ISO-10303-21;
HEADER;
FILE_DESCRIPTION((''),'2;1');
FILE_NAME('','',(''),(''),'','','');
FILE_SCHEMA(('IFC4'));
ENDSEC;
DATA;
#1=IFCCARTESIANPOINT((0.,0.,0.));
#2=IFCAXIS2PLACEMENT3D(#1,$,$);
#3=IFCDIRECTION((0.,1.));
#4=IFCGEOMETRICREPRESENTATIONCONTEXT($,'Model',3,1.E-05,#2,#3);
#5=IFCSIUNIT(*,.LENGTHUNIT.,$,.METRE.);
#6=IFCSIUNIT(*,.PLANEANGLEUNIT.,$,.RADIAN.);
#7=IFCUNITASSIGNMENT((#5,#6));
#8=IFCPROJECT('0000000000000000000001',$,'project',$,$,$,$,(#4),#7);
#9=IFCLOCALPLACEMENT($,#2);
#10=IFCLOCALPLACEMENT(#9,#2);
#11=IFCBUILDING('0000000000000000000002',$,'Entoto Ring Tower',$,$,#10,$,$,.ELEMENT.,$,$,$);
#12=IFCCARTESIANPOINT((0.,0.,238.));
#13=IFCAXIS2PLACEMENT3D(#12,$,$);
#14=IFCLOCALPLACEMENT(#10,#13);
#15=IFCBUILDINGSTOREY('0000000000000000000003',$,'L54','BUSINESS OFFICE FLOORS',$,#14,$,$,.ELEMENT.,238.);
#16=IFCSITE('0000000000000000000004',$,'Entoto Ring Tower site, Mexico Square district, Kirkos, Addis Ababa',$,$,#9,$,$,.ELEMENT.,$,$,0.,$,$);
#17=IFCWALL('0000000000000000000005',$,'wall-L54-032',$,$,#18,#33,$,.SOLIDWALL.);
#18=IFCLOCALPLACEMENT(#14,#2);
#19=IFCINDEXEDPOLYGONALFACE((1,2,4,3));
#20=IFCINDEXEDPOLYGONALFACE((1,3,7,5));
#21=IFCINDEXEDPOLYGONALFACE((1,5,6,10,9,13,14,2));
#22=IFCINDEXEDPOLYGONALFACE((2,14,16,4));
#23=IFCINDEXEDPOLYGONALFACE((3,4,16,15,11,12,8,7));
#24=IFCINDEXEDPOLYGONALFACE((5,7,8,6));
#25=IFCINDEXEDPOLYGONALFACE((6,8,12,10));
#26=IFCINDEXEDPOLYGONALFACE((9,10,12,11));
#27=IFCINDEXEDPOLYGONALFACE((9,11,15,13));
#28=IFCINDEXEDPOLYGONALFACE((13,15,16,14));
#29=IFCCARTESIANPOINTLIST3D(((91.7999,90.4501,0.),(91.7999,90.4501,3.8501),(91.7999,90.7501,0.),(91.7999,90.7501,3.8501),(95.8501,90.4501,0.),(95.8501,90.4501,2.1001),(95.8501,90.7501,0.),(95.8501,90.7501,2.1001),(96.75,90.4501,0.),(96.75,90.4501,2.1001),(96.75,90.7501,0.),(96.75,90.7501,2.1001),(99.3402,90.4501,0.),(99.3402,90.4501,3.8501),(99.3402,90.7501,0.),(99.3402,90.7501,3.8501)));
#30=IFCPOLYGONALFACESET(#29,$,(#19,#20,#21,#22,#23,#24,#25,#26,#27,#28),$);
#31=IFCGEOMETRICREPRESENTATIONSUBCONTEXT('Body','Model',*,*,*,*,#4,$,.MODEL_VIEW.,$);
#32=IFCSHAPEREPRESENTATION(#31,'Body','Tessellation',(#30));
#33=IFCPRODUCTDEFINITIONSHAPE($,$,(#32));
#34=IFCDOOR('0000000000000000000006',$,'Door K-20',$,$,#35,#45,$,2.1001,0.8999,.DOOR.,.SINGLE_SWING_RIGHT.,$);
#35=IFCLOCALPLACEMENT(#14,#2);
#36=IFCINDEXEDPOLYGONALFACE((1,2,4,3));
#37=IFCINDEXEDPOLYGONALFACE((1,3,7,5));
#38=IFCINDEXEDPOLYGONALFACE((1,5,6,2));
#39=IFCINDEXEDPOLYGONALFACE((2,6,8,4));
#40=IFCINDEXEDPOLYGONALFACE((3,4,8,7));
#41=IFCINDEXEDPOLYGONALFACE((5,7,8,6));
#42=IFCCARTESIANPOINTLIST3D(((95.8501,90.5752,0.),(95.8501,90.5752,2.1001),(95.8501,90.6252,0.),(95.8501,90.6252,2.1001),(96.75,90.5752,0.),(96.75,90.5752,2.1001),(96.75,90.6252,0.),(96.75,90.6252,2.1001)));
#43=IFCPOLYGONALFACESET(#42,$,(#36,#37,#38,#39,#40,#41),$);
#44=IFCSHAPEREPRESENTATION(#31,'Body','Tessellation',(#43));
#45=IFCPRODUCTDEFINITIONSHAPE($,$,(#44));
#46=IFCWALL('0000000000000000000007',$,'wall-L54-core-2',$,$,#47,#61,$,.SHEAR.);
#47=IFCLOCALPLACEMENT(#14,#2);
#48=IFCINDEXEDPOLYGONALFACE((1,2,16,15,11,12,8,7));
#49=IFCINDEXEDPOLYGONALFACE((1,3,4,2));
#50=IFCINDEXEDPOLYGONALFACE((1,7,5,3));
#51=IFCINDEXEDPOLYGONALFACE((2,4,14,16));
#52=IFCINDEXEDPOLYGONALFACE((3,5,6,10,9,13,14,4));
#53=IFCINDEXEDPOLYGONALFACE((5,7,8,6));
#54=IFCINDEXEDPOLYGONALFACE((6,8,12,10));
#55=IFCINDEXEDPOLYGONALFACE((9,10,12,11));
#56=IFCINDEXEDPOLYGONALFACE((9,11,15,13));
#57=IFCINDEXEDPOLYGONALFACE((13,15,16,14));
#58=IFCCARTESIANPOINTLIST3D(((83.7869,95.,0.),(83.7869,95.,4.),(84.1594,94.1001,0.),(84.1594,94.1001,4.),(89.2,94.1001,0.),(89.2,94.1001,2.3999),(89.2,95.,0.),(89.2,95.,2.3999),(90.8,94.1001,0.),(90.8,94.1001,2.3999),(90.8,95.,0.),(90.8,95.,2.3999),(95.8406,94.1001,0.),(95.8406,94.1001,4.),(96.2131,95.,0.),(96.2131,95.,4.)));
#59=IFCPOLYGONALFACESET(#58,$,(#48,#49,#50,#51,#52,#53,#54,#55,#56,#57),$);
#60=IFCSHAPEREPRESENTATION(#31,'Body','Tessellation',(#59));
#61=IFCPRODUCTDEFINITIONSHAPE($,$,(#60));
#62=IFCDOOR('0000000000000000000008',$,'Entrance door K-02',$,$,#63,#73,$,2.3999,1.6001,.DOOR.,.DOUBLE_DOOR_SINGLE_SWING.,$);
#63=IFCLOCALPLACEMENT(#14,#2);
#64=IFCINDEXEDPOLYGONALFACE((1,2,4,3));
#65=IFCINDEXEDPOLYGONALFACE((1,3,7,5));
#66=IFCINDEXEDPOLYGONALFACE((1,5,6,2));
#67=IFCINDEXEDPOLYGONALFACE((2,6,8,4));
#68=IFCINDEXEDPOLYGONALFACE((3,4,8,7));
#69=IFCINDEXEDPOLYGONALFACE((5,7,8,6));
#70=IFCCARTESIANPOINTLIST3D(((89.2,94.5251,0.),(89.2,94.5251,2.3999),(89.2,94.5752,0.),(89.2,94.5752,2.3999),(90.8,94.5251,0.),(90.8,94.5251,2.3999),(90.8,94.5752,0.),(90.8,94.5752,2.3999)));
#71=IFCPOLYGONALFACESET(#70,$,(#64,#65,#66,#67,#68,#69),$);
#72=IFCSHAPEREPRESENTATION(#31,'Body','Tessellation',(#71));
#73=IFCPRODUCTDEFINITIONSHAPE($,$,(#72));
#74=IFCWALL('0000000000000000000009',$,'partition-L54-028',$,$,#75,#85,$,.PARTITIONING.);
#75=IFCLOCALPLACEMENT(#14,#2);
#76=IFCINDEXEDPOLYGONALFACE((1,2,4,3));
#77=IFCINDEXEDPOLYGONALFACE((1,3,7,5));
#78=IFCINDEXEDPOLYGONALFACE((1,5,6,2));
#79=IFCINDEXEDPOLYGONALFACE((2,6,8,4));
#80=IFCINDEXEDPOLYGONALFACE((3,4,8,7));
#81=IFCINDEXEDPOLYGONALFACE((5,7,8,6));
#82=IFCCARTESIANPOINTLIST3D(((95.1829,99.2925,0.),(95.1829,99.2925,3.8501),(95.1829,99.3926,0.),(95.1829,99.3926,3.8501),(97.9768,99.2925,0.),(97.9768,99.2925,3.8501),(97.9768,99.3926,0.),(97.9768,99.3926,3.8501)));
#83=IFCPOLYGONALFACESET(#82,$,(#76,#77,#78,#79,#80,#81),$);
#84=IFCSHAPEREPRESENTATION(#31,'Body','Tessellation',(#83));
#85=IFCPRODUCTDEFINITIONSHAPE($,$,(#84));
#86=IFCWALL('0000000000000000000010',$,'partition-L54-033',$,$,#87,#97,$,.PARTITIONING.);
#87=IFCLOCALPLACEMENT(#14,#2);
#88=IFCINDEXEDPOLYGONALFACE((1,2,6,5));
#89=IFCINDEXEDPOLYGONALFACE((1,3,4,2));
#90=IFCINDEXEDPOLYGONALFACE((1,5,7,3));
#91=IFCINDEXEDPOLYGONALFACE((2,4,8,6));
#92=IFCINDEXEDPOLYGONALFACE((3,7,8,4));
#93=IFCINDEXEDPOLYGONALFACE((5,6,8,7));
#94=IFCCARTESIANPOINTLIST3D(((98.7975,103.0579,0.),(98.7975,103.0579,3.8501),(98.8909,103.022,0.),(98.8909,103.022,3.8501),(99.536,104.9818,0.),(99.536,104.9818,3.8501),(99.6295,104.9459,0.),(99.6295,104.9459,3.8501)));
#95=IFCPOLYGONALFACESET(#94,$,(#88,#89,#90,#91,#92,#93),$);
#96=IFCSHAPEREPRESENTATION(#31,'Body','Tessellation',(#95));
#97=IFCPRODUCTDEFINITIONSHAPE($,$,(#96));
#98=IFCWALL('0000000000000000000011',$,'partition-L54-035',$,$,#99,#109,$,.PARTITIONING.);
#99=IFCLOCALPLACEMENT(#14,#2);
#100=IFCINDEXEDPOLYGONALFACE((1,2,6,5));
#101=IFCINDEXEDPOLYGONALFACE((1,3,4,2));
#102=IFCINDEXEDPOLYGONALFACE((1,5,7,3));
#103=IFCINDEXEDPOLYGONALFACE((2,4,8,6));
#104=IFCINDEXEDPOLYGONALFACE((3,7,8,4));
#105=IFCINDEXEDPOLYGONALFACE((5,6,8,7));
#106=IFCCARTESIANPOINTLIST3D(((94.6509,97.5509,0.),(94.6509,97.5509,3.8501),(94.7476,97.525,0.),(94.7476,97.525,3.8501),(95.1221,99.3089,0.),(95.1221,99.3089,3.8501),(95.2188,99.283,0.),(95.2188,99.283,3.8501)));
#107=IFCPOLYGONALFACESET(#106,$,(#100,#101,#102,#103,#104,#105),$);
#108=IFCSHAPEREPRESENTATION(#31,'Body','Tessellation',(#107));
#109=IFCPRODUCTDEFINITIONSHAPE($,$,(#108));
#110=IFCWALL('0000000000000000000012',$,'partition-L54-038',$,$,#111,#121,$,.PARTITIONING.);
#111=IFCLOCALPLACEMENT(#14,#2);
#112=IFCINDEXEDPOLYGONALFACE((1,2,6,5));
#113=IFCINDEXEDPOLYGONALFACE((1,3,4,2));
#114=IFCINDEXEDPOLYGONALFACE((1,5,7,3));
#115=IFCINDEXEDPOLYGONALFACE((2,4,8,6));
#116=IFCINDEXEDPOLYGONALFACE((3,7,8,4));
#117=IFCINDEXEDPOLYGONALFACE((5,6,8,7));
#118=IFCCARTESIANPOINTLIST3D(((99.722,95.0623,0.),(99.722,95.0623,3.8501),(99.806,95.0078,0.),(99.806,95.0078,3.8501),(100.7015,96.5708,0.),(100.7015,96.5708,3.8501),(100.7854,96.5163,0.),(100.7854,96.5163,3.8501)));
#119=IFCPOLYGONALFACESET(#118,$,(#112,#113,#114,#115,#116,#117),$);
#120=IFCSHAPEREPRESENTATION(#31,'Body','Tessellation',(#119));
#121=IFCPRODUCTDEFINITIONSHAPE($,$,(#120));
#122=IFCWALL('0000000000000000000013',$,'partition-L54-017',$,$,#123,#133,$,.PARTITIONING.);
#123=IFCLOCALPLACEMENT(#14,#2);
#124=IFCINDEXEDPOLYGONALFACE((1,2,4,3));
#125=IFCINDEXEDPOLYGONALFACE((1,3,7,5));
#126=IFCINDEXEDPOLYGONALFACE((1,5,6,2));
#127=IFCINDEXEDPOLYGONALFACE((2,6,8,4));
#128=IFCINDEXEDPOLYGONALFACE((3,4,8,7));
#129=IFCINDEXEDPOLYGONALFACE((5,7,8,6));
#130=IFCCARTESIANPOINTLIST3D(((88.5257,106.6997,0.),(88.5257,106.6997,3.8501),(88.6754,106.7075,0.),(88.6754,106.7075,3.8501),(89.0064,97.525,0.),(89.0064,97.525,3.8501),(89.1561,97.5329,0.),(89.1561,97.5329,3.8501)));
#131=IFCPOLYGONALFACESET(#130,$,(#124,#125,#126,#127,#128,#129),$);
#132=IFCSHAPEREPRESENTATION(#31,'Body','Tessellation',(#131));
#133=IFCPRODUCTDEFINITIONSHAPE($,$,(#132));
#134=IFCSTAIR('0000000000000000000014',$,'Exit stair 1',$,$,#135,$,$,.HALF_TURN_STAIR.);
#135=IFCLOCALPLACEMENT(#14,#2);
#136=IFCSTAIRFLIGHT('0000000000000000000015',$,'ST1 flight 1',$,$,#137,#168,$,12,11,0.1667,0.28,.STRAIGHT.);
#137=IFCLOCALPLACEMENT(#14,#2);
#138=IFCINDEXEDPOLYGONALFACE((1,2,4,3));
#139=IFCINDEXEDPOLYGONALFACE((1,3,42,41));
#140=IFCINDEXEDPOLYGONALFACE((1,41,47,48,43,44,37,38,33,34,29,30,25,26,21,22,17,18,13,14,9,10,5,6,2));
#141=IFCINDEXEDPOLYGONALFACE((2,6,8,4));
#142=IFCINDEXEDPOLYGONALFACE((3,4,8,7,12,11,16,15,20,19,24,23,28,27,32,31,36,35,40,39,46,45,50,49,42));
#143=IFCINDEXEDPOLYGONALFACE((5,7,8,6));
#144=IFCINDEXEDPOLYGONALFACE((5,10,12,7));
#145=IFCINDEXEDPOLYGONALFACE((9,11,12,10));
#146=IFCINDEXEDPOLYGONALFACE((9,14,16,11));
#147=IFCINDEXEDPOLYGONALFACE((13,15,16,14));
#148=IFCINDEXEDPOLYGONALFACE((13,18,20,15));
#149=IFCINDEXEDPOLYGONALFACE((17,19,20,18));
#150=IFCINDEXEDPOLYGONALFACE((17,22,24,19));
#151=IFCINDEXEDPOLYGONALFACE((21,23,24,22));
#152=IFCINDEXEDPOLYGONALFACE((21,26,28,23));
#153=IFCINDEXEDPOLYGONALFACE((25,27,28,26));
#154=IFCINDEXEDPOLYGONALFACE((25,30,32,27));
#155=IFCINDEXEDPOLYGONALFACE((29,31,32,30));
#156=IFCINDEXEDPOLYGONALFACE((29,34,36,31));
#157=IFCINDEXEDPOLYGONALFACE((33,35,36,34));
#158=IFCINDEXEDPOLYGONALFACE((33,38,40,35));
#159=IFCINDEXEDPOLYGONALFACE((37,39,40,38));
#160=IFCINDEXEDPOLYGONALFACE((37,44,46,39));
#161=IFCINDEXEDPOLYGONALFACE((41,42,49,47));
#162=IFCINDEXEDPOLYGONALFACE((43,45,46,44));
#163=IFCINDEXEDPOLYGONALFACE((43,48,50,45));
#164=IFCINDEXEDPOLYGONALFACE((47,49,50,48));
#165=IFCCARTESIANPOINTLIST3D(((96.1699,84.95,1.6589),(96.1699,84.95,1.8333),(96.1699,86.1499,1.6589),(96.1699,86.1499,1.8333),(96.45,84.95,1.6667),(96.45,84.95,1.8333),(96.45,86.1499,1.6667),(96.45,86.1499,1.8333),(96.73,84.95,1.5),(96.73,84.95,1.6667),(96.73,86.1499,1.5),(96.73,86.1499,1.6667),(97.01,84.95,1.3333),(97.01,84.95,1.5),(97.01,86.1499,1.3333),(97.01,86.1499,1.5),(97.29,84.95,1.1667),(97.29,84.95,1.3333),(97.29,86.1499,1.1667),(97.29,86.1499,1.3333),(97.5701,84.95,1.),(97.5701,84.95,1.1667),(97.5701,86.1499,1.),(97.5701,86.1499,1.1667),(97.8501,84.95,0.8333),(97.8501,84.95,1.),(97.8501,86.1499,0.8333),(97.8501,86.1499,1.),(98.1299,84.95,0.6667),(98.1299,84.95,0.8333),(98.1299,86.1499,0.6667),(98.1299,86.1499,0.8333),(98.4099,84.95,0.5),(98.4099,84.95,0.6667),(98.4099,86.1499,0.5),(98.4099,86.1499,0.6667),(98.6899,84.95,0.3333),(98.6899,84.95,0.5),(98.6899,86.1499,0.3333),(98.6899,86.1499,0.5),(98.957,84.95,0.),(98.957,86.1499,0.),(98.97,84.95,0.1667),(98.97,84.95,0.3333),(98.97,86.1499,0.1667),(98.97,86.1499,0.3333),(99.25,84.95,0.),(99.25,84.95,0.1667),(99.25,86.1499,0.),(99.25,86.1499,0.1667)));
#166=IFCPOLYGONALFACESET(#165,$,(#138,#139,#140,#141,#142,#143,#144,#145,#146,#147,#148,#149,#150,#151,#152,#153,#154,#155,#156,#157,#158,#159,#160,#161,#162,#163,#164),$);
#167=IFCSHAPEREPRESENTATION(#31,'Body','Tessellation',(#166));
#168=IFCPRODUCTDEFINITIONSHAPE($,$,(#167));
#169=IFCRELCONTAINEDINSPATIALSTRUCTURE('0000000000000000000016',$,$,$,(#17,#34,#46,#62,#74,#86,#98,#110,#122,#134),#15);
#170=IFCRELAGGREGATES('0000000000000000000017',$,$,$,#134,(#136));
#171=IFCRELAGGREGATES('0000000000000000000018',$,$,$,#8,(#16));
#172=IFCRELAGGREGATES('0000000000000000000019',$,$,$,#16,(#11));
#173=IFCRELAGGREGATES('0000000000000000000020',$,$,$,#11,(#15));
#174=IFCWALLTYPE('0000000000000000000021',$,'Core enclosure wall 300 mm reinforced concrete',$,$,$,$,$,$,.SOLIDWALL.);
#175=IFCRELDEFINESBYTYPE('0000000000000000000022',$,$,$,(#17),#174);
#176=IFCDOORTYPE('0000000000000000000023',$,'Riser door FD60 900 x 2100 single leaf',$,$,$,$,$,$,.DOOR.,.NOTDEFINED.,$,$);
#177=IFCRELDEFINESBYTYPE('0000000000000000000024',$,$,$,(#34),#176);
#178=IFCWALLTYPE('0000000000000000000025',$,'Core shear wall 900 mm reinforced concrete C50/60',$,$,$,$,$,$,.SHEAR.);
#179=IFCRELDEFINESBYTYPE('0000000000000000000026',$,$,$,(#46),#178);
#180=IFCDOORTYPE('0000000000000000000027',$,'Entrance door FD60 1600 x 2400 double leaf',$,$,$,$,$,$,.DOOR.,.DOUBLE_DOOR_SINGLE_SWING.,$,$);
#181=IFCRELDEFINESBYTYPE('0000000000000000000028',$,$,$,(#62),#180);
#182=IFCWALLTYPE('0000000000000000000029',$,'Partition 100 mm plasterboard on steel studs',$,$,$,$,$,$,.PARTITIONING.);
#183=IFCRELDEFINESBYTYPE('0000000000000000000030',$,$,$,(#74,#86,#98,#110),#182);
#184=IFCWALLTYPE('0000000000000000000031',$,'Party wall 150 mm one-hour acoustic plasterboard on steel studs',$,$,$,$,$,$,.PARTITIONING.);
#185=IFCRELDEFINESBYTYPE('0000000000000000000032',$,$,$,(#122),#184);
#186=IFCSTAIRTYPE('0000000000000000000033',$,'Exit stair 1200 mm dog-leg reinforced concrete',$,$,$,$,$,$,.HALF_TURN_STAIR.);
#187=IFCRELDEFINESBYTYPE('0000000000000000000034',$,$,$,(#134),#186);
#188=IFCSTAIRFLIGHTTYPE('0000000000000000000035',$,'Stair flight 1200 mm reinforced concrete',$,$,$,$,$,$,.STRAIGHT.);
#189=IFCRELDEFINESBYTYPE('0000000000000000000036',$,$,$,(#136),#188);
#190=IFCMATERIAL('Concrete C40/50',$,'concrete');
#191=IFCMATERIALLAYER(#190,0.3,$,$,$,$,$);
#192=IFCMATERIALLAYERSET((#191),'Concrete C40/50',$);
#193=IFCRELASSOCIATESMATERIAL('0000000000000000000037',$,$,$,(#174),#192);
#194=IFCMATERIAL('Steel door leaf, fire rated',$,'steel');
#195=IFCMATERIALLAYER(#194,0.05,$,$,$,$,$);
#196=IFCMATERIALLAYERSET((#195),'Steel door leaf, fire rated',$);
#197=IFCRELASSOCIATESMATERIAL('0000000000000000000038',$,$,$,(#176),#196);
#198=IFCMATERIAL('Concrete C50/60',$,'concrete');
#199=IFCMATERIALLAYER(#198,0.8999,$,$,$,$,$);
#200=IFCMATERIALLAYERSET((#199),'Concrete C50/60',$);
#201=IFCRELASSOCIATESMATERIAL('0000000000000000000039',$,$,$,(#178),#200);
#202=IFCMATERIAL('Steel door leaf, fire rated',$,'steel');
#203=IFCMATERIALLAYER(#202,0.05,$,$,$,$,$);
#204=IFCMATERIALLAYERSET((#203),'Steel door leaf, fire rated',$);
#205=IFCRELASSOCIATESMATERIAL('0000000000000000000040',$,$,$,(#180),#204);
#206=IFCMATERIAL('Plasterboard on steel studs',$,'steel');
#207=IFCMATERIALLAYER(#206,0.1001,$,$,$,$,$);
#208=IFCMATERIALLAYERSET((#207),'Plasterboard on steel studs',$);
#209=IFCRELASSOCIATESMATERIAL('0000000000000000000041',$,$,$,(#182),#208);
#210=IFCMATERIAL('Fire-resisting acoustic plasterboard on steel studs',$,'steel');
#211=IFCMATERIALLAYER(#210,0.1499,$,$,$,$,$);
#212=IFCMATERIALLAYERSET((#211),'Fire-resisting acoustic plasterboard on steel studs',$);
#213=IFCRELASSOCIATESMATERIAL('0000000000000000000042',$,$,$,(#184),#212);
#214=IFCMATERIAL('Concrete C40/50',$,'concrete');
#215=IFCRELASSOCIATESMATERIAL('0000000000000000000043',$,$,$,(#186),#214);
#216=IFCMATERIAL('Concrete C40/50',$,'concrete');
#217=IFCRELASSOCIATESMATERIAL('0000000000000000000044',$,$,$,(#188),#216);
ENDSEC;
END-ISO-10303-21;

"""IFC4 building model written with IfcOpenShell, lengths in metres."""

from ifc_helpers import new_model, si_unit, direction, frame, frame_2d, origin, place, context, subcontext, project, spatial, polyline, rectangle, outline, extrude, material, layer, layer_set, type_object, element, fill, aggregate, save


model = new_model("IFC4")

# Units and contexts
model_context = context("Model", 3, precision=1e-05, world=origin(), true_north=direction((0.0, 1.0)))
body_context = subcontext(model_context, "Body", "Model", "MODEL_VIEW")
ifc_project = project(units=[si_unit("LENGTHUNIT", "METRE"), si_unit("PLANEANGLEUNIT", "RADIAN")], contexts=[model_context])

# Site, building, storey
site_placement = place(None, origin())
site = spatial("IfcSite", under=ifc_project, at=site_placement, Name="Entoto Ring Tower site, Mexico Square district, Kirkos, Addis Ababa", CompositionType="ELEMENT", RefElevation=0.0)
building_placement = place(site_placement, origin())
building = spatial("IfcBuilding", under=site, at=building_placement, Name="Entoto Ring Tower", CompositionType="ELEMENT")
storey_placement = place(building_placement, frame((0.0, 0.0, 238.0)))
storey = spatial("IfcBuildingStorey", under=building, at=storey_placement, Name="L54", Description="BUSINESS OFFICE FLOORS", CompositionType="ELEMENT", Elevation=238.0)

# Shared definitions
ifc_material_1 = material(Name="Concrete C40/50", Category="concrete")
ifc_layer_1 = layer(ifc_material_1, 0.3)
ifc_layer_set_1 = layer_set([ifc_layer_1], Name="Concrete C40/50")
wall_type_1 = type_object("IfcWallType", Name="Core enclosure wall 300 mm reinforced concrete", PredefinedType="SOLIDWALL", material=ifc_layer_set_1)

# Walls, openings, doors
wall_1_placement = place(storey_placement, frame((91.8, 90.6001, 0.0), z_axis=(0.0, 0.0, 1.0), x_axis=(1.0, 0.0, 0.0)))
wall_1 = element("IfcWall", 1, at=wall_1_placement, inside=storey, type_object=wall_type_1, Name="wall-L54-032", PredefinedType="SOLIDWALL", context=body_context, shape_type="SweptSolid", body=[
    extrude(rectangle(XDim=7.5403, YDim=0.3, at=frame_2d((3.77, 0.0))), origin(), (0.0, 0.0, 1.0), 3.8501),
])
opening_1_placement = place(wall_1_placement, frame((4.05, 0.0, 0.0)))
opening_1 = element("IfcOpeningElement", 2, at=opening_1_placement, cuts=wall_1, PredefinedType="OPENING", context=body_context, shape_type="SweptSolid", body=[
    extrude(rectangle(XDim=0.8999, YDim=2.1001, at=frame_2d((0.45, 1.05))), frame((0.0, 0.1602, 0.0), z_axis=(0.0, -1.0, 0.0), x_axis=(1.0, 0.0, 0.0)), (0.0, 0.0, 1.0), 0.3201),
])
ifc_material_2 = material(Name="Steel door leaf, fire rated", Category="steel")
ifc_layer_2 = layer(ifc_material_2, 0.05)
ifc_layer_set_2 = layer_set([ifc_layer_2], Name="Steel door leaf, fire rated")
door_type_1 = type_object("IfcDoorType", Name="Riser door FD60 900 x 2100 single leaf", OperationType="NOTDEFINED", PredefinedType="DOOR", material=ifc_layer_set_2)
door_1_placement = place(opening_1_placement, frame((0.8999, 0.0, 0.0), z_axis=(0.0, 0.0, 1.0), x_axis=(-1.0, 0.0, 0.0)))
door_1 = element("IfcDoor", 3, at=door_1_placement, inside=storey, type_object=door_type_1, Name="Door K-20", OperationType="SINGLE_SWING_RIGHT", OverallHeight=2.1001, OverallWidth=0.8999, PredefinedType="DOOR", context=body_context, shape_type="SweptSolid", body=[
    extrude(rectangle(XDim=0.8999, YDim=2.1001, at=frame_2d((0.45, 1.05))), frame((0.0, 0.0249, 0.0), z_axis=(0.0, -1.0, 0.0), x_axis=(1.0, 0.0, 0.0)), (0.0, 0.0, 1.0), 0.05),
])
fill(opening_1, door_1)
ifc_material_3 = material(Name="Concrete C50/60", Category="concrete")
ifc_layer_3 = layer(ifc_material_3, 0.8999)
ifc_layer_set_3 = layer_set([ifc_layer_3], Name="Concrete C50/60")
wall_type_2 = type_object("IfcWallType", Name="Core shear wall 900 mm reinforced concrete C50/60", PredefinedType="SHEAR", material=ifc_layer_set_3)
wall_2_placement = place(storey_placement, frame((96.0269, 94.55, 0.0), z_axis=(0.0, 0.0, 1.0), x_axis=(-1.0, 0.0, 0.0)))
wall_2 = element("IfcWall", 4, at=wall_2_placement, inside=storey, type_object=wall_type_2, Name="wall-L54-core-2", PredefinedType="SHEAR", context=body_context, shape_type="SweptSolid", body=[
    extrude(outline(polyline([(-0.1863, -0.45), (12.24, -0.45), (11.8674, 0.45), (0.1863, 0.45), (-0.1863, -0.45)])), origin(), (0.0, 0.0, 1.0), 4.0),
])
opening_2_placement = place(wall_2_placement, frame((5.2268, 0.0, 0.0)))
opening_2 = element("IfcOpeningElement", 5, at=opening_2_placement, cuts=wall_2, PredefinedType="OPENING", context=body_context, shape_type="SweptSolid", body=[
    extrude(rectangle(XDim=1.6001, YDim=2.3999, at=frame_2d((0.8, 1.2))), frame((0.0, 0.46, 0.0), z_axis=(0.0, -1.0, 0.0), x_axis=(1.0, 0.0, 0.0)), (0.0, 0.0, 1.0), 0.9199),
])
ifc_material_4 = material(Name="Steel door leaf, fire rated", Category="steel")
ifc_layer_4 = layer(ifc_material_4, 0.05)
ifc_layer_set_4 = layer_set([ifc_layer_4], Name="Steel door leaf, fire rated")
door_type_2 = type_object("IfcDoorType", Name="Entrance door FD60 1600 x 2400 double leaf", OperationType="DOUBLE_DOOR_SINGLE_SWING", PredefinedType="DOOR", material=ifc_layer_set_4)
door_2_placement = place(opening_2_placement, origin())
door_2 = element("IfcDoor", 6, at=door_2_placement, inside=storey, type_object=door_type_2, Name="Entrance door K-02", OperationType="DOUBLE_DOOR_SINGLE_SWING", OverallHeight=2.3999, OverallWidth=1.6001, PredefinedType="DOOR", context=body_context, shape_type="SweptSolid", body=[
    extrude(rectangle(XDim=1.6001, YDim=2.3999, at=frame_2d((0.8, 1.2))), frame((0.0, 0.0249, 0.0), z_axis=(0.0, -1.0, 0.0), x_axis=(1.0, 0.0, 0.0)), (0.0, 0.0, 1.0), 0.05),
])
fill(opening_2, door_2)

# Walls
ifc_material_5 = material(Name="Plasterboard on steel studs", Category="steel")
ifc_layer_5 = layer(ifc_material_5, 0.1001)
ifc_layer_set_5 = layer_set([ifc_layer_5], Name="Plasterboard on steel studs")
wall_type_3 = type_object("IfcWallType", Name="Partition 100 mm plasterboard on steel studs", PredefinedType="PARTITIONING", material=ifc_layer_set_5)
wall_3_placement = place(storey_placement, frame((95.1829, 99.3425, 0.0), z_axis=(0.0, 0.0, 1.0), x_axis=(1.0, 0.0, 0.0)))
element("IfcWall", 7, at=wall_3_placement, inside=storey, type_object=wall_type_3, Name="partition-L54-028", PredefinedType="PARTITIONING", context=body_context, shape_type="SweptSolid", body=[
    extrude(rectangle(XDim=2.7939, YDim=0.1001, at=frame_2d((1.397, 0.0))), origin(), (0.0, 0.0, 1.0), 3.8501),
])
wall_4_placement = place(storey_placement, frame((98.8442, 103.04, 0.0), z_axis=(0.0, 0.0, 1.0), x_axis=(0.358384, 0.933574, 0.0)))
element("IfcWall", 8, at=wall_4_placement, inside=storey, type_object=wall_type_3, Name="partition-L54-033", PredefinedType="PARTITIONING", context=body_context, shape_type="SweptSolid", body=[
    extrude(rectangle(XDim=2.0608, YDim=0.1001, at=frame_2d((1.0303, 0.0))), origin(), (0.0, 0.0, 1.0), 3.8501),
])
wall_5_placement = place(storey_placement, frame((94.6992, 97.5378, 0.0), z_axis=(0.0, 0.0, 1.0), x_axis=(0.258881, 0.965909, 0.0)))
element("IfcWall", 9, at=wall_5_placement, inside=storey, type_object=wall_type_3, Name="partition-L54-035", PredefinedType="PARTITIONING", context=body_context, shape_type="SweptSolid", body=[
    extrude(rectangle(XDim=1.8201, YDim=0.1001, at=frame_2d((0.9102, 0.0))), origin(), (0.0, 0.0, 1.0), 3.8501),
])
wall_6_placement = place(storey_placement, frame((99.7639, 95.0349, 0.0), z_axis=(0.0, 0.0, 1.0), x_axis=(0.544573, 0.838713, 0.0)))
element("IfcWall", 10, at=wall_6_placement, inside=storey, type_object=wall_type_3, Name="partition-L54-038", PredefinedType="PARTITIONING", context=body_context, shape_type="SweptSolid", body=[
    extrude(rectangle(XDim=1.7986, YDim=0.1001, at=frame_2d((0.8994, 0.0))), origin(), (0.0, 0.0, 1.0), 3.8501),
])
ifc_material_6 = material(Name="Fire-resisting acoustic plasterboard on steel studs", Category="steel")
ifc_layer_6 = layer(ifc_material_6, 0.1499)
ifc_layer_set_6 = layer_set([ifc_layer_6], Name="Fire-resisting acoustic plasterboard on steel studs")
wall_type_4 = type_object("IfcWallType", Name="Party wall 150 mm one-hour acoustic plasterboard on steel studs", PredefinedType="PARTITIONING", material=ifc_layer_set_6)
wall_7_placement = place(storey_placement, frame((89.0813, 97.5288, 0.0), z_axis=(0.0, 0.0, 1.0), x_axis=(-0.052325, 0.99863, 0.0)))
element("IfcWall", 11, at=wall_7_placement, inside=storey, type_object=wall_type_4, Name="partition-L54-017", PredefinedType="PARTITIONING", context=body_context, shape_type="SweptSolid", body=[
    extrude(rectangle(XDim=9.1873, YDim=0.1499, at=frame_2d((4.5938, 0.0))), origin(), (0.0, 0.0, 1.0), 3.8501),
])

# Stair, stair flight
ifc_material_7 = material(Name="Concrete C40/50", Category="concrete")
stair_type = type_object("IfcStairType", Name="Exit stair 1200 mm dog-leg reinforced concrete", PredefinedType="HALF_TURN_STAIR", material=ifc_material_7)
stair_placement = place(storey_placement, origin())
stair = element("IfcStair", 12, at=stair_placement, inside=storey, type_object=stair_type, Name="Exit stair 1", PredefinedType="HALF_TURN_STAIR")
ifc_material_8 = material(Name="Concrete C40/50", Category="concrete")
stair_flight_type = type_object("IfcStairFlightType", Name="Stair flight 1200 mm reinforced concrete", PredefinedType="STRAIGHT", material=ifc_material_8)
stair_flight_1_placement = place(storey_placement, frame((99.25, 85.55, 0.0), z_axis=(0.0, 0.0, 1.0), x_axis=(-1.0, 0.0, 0.0)))
stair_flight_1 = element("IfcStairFlight", 13, at=stair_flight_1_placement, type_object=stair_flight_type, Name="ST1 flight 1", NumberOfRisers=12, NumberOfTreads=11, PredefinedType="STRAIGHT", RiserHeight=0.1667, TreadLength=0.28, context=body_context, shape_type="SweptSolid", body=[
    extrude(outline(polyline([(0.0, 0.0), (0.0, 0.1667), (0.28, 0.1667), (0.28, 0.3333), (0.5601, 0.3333), (0.5601, 0.5), (0.8401, 0.5), (0.8401, 0.6667), (1.1201, 0.6667), (1.1201, 0.8333), (1.3999, 0.8333), (1.3999, 1.0), (1.6799, 1.0), (1.6799, 1.1667), (1.96, 1.1667), (1.96, 1.3333), (2.24, 1.3333), (2.24, 1.5), (2.52, 1.5), (2.52, 1.6667), (2.8, 1.6667), (2.8, 1.8333), (3.0801, 1.8333), (3.0801, 2.0), (3.0801, 1.6589), (0.293, 0.0), (0.0, 0.0)])), frame((0.0, 0.6001, 0.0), z_axis=(0.0, -1.0, 0.0), x_axis=(1.0, 0.0, 0.0)), (0.0, 0.0, 1.0), 1.2),
])
aggregate(stair, [stair_flight_1])

save(model, "model.ifc")
